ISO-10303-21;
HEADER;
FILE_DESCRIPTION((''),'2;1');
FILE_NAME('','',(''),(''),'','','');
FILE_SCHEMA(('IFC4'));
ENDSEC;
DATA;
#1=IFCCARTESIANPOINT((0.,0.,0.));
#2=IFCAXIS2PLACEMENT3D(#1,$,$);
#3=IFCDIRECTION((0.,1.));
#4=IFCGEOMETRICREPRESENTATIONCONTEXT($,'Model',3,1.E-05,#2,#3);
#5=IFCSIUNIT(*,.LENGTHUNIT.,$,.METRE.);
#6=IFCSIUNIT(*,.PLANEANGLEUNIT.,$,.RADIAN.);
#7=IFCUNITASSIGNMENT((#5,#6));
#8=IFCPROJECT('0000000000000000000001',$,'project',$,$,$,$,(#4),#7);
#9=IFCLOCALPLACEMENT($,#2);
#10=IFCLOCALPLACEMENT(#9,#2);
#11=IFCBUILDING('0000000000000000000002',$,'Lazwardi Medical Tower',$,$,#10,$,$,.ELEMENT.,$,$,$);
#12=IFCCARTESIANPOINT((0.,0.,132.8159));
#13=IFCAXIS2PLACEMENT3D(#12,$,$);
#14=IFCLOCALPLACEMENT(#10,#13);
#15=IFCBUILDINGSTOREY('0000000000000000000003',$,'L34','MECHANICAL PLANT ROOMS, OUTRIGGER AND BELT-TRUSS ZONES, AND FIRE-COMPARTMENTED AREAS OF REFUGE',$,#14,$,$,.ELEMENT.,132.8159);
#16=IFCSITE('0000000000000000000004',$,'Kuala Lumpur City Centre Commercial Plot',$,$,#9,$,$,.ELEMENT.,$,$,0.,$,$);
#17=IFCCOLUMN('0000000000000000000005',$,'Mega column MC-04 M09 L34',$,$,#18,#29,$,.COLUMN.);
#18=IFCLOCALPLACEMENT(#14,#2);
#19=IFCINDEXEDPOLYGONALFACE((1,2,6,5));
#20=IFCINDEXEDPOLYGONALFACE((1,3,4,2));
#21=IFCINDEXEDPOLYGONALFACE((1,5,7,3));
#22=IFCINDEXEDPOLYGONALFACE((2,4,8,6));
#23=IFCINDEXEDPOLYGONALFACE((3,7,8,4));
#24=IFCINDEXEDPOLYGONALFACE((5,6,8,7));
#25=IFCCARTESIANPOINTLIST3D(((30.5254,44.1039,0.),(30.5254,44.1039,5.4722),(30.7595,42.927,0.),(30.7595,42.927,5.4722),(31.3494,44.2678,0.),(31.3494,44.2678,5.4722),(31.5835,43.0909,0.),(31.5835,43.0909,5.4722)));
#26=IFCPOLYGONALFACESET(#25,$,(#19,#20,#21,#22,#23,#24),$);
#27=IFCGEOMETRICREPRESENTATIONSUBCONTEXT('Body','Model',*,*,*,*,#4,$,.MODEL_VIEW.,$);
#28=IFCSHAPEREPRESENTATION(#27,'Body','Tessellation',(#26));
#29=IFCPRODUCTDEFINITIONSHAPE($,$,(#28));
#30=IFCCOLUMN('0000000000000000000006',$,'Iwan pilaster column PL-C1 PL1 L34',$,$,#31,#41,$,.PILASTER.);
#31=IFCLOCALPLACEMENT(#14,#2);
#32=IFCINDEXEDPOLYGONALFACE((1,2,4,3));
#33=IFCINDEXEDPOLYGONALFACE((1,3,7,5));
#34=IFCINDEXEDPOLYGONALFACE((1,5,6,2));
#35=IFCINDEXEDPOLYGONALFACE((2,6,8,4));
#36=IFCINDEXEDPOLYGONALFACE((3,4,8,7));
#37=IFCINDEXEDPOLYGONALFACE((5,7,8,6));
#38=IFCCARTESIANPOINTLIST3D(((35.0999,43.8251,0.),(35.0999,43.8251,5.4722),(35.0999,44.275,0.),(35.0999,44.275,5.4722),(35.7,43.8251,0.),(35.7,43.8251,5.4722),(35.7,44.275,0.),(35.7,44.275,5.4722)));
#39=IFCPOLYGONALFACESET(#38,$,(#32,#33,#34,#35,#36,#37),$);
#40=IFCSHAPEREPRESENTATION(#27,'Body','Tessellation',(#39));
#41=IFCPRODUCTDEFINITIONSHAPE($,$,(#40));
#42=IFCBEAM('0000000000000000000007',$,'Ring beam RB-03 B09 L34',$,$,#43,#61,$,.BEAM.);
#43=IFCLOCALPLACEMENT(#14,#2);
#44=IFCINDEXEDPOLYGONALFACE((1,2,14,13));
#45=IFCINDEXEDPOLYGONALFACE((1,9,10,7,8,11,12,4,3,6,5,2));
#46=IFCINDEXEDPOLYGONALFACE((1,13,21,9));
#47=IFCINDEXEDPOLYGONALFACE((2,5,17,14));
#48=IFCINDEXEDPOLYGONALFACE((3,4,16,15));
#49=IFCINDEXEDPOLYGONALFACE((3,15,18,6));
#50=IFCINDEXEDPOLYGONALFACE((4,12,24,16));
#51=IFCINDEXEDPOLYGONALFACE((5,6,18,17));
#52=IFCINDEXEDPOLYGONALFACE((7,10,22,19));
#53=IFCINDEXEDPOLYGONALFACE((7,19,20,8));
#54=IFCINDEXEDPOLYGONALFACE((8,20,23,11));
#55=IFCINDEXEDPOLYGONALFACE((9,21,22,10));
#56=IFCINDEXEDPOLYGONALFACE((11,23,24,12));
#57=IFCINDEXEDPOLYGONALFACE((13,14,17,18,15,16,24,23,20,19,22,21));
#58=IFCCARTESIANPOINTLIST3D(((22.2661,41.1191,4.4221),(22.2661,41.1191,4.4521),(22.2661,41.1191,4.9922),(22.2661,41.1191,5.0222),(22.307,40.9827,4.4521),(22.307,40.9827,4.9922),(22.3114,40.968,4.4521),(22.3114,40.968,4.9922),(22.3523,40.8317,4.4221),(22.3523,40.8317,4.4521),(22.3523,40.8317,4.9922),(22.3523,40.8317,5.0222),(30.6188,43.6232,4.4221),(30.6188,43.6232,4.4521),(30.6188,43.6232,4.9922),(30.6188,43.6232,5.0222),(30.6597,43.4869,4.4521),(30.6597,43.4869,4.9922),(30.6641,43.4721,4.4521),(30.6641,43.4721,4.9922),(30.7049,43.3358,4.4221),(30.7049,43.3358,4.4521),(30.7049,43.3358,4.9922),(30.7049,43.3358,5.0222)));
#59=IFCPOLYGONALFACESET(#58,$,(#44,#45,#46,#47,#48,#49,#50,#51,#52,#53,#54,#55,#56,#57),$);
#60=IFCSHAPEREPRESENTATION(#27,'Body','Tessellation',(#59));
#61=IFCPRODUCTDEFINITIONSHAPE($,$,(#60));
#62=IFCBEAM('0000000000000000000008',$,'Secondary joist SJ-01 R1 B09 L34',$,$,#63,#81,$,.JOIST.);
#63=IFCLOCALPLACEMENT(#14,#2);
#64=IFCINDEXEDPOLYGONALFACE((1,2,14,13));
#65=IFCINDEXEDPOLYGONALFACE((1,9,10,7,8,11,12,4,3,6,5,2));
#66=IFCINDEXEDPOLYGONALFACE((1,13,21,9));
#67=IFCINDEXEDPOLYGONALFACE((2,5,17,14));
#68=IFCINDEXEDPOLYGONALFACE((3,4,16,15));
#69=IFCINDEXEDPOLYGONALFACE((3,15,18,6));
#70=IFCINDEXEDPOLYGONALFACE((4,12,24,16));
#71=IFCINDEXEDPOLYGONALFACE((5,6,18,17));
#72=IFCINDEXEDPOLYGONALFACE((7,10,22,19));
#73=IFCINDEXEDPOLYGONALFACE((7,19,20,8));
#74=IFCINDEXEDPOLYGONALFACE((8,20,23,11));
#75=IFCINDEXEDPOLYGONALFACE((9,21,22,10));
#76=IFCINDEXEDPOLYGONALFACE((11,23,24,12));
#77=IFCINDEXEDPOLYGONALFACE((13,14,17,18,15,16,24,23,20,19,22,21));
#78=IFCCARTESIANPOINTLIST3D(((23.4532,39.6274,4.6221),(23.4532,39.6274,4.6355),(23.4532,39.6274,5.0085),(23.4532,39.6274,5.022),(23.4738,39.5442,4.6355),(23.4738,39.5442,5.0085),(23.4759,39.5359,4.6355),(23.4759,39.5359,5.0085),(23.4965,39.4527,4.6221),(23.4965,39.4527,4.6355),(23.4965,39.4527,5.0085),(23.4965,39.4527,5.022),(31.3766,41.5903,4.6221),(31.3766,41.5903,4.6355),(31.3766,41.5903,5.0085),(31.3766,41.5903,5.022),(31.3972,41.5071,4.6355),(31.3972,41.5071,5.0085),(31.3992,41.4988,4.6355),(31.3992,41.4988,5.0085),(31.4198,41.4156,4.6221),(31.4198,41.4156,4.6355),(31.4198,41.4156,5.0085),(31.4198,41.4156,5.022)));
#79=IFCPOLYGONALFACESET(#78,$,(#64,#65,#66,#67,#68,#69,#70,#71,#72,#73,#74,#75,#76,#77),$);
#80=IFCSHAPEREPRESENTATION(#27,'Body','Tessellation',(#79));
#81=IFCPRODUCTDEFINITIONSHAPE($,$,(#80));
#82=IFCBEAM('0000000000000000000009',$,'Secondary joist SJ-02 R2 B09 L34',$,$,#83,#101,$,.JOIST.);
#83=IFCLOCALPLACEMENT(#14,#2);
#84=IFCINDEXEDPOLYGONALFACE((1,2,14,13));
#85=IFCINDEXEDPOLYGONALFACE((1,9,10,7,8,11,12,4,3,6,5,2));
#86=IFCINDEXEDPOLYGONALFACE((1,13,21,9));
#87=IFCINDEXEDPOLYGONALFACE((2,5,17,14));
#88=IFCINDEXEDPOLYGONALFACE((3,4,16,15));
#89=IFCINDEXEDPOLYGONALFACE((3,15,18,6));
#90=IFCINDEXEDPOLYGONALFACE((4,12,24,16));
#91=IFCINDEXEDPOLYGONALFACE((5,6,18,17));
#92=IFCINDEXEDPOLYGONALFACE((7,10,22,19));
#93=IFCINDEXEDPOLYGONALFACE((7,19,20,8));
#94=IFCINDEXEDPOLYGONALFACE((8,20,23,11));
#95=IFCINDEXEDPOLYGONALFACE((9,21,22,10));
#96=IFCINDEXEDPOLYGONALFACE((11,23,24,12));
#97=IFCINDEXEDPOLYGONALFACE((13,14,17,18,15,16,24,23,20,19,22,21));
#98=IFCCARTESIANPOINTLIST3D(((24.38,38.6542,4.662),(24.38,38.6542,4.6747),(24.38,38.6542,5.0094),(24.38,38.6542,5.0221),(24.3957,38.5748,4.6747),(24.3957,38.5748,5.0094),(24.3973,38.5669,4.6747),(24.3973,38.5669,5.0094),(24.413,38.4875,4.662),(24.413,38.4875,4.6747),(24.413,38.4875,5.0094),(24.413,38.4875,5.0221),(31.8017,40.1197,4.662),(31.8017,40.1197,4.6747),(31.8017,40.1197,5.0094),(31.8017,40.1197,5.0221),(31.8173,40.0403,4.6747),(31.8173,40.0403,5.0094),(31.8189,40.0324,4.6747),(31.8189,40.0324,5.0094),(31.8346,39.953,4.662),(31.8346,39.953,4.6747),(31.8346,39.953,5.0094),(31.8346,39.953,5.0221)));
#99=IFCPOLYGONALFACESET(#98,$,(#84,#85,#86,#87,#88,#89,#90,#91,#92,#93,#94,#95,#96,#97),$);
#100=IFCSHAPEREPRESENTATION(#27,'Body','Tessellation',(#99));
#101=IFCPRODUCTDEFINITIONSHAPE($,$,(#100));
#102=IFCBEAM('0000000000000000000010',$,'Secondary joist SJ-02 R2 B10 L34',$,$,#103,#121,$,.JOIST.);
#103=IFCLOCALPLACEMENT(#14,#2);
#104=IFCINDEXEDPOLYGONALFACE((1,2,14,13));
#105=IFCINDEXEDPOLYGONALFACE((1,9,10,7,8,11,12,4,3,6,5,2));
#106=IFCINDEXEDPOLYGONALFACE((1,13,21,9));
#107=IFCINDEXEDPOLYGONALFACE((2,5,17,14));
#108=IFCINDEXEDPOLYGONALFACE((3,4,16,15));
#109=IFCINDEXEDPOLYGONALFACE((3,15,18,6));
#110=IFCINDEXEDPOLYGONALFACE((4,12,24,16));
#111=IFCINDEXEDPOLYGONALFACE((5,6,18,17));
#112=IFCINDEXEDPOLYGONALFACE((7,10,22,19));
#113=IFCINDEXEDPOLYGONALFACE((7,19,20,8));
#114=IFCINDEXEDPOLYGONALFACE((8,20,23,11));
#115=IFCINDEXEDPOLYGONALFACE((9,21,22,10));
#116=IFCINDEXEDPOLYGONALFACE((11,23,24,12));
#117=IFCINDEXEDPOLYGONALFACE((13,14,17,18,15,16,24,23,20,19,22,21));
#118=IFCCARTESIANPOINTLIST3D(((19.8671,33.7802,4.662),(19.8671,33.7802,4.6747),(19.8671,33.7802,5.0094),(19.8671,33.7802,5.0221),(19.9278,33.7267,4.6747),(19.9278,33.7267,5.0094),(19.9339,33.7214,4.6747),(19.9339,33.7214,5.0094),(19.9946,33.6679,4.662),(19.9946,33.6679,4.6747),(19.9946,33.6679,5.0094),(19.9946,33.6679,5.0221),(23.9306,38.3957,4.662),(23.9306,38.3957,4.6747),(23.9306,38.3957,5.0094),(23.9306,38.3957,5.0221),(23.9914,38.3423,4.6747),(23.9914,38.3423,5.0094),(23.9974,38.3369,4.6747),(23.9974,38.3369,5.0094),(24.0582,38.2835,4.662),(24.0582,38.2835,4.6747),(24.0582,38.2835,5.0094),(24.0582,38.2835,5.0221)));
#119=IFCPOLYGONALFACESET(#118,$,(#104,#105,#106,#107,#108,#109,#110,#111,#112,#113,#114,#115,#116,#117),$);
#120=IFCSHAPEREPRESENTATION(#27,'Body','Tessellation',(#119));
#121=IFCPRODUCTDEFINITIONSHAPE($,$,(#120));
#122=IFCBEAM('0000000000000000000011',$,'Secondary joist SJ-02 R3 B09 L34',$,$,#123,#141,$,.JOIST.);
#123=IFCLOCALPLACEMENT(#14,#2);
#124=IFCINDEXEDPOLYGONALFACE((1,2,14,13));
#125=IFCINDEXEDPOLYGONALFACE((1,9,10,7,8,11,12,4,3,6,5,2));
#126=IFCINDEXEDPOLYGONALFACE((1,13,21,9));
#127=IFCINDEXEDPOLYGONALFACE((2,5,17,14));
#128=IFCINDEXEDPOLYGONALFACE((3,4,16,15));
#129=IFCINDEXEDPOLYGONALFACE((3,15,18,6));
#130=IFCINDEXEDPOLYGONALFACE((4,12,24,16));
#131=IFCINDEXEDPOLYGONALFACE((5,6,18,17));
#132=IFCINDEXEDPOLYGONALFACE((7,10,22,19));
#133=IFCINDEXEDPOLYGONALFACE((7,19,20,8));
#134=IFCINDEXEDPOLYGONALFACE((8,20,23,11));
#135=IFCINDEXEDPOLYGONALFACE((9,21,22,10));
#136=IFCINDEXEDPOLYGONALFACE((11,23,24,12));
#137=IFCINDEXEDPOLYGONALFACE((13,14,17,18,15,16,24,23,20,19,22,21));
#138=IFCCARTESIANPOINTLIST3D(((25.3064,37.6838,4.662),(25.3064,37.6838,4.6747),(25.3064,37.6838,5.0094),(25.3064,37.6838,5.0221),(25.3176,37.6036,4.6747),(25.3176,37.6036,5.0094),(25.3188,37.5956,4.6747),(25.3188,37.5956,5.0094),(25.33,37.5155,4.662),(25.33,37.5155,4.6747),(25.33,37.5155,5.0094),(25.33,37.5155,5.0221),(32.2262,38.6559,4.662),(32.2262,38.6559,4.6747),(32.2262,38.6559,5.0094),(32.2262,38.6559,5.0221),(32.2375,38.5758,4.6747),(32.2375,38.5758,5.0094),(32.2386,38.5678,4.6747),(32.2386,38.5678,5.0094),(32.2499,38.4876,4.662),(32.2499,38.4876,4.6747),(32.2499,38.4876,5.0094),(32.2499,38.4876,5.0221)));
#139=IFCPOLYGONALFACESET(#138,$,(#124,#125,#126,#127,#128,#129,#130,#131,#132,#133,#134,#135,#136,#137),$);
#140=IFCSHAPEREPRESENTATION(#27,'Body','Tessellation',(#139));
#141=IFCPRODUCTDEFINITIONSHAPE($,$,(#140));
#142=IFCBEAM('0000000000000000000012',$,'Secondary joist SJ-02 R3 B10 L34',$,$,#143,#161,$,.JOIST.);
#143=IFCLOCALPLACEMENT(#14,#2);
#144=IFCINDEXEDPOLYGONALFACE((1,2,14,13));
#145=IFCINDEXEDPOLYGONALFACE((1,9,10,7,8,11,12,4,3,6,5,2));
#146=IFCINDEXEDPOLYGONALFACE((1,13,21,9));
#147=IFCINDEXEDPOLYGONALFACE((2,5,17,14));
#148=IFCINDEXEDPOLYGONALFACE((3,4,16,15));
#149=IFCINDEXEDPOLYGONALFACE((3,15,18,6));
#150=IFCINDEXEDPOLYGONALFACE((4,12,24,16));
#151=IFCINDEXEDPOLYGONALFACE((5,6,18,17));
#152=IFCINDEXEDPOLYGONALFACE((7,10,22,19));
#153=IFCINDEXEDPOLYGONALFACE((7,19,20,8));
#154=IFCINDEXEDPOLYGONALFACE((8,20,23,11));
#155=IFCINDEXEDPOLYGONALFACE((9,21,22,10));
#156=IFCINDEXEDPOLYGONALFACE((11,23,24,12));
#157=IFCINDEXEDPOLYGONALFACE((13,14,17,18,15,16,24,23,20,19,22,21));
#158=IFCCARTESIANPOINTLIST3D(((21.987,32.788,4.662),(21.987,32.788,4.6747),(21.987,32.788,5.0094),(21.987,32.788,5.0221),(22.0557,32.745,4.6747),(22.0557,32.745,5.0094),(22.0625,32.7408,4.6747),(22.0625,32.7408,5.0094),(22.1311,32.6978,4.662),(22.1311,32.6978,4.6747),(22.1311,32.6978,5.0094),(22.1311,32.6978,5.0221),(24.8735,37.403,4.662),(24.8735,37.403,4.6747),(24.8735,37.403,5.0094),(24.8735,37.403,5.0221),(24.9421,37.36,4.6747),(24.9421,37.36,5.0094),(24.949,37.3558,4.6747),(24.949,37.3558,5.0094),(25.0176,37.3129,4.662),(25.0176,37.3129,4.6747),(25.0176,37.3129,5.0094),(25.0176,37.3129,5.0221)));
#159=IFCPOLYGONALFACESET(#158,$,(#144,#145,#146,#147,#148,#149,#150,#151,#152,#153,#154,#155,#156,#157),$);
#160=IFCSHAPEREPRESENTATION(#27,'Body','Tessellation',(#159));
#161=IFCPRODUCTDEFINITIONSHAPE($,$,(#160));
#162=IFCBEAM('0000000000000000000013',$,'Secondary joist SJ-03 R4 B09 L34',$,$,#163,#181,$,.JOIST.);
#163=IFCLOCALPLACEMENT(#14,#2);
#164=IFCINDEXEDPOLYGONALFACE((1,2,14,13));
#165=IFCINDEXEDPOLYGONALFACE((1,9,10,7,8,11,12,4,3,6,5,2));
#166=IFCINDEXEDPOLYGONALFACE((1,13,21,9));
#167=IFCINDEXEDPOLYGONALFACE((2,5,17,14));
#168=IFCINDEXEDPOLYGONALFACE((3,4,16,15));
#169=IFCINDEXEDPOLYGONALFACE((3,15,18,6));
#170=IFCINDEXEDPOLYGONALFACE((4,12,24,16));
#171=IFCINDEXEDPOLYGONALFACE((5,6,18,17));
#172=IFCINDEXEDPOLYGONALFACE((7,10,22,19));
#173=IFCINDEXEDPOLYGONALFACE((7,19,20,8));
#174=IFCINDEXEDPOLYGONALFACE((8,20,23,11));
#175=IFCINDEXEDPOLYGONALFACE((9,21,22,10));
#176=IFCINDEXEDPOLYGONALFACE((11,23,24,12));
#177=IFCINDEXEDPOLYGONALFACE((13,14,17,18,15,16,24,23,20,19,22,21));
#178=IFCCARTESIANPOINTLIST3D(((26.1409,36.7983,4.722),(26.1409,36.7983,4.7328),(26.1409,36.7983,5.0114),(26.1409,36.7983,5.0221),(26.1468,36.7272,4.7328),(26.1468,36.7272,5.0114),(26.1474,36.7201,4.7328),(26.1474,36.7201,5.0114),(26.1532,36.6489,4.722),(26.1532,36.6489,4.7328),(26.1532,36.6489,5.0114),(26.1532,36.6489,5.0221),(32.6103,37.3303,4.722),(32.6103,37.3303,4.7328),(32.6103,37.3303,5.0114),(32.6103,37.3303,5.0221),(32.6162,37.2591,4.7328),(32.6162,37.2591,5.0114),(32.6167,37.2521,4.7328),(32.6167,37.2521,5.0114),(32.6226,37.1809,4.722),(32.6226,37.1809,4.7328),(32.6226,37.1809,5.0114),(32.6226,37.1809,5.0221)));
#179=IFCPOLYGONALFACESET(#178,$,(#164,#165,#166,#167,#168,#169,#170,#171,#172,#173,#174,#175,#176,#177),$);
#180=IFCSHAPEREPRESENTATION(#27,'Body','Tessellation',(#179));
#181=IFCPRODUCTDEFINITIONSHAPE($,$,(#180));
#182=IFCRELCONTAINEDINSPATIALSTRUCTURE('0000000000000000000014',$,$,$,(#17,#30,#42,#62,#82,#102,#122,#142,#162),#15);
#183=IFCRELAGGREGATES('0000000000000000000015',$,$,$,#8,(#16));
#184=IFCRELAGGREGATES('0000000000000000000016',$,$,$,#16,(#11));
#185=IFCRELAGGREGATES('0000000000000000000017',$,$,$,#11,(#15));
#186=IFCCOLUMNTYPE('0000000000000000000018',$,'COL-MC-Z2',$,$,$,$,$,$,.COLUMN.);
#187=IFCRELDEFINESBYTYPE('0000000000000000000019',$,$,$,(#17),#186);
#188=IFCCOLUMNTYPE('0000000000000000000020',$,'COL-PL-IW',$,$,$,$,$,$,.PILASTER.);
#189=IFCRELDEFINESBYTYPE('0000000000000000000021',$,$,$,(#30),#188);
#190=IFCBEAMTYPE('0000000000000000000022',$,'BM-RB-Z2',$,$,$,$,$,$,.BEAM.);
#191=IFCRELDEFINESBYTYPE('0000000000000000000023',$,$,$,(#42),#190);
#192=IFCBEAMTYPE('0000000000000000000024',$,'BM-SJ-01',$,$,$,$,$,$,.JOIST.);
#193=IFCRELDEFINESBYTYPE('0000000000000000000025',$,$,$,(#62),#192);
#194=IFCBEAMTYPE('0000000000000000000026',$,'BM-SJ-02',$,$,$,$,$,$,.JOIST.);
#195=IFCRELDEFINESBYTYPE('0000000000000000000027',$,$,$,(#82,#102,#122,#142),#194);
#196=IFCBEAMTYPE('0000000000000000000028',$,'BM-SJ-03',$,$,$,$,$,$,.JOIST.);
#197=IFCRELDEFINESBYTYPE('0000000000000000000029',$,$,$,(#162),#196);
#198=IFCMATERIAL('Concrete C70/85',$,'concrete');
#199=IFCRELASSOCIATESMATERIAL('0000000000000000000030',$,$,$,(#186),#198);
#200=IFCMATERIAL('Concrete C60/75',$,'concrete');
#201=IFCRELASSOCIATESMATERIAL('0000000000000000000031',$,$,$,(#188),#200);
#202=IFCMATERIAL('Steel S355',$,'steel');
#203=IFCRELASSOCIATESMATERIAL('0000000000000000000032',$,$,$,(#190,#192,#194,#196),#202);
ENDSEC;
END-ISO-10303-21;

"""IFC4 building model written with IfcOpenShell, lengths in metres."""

from ifc_helpers import new_model, si_unit, direction, frame, origin, origin_2d, place, context, subcontext, project, spatial, rectangle, i_section, extrude, material, material_profile, profile_set, type_object, element, save


model = new_model("IFC4")

# Units and contexts
model_context = context("Model", 3, precision=1e-05, world=origin(), true_north=direction((0.0, 1.0)))
body_context = subcontext(model_context, "Body", "Model", "MODEL_VIEW")
ifc_project = project(units=[si_unit("LENGTHUNIT", "METRE"), si_unit("PLANEANGLEUNIT", "RADIAN")], contexts=[model_context])

# Site, building, storey
site_placement = place(None, origin())
site = spatial("IfcSite", under=ifc_project, at=site_placement, Name="Kuala Lumpur City Centre Commercial Plot", CompositionType="ELEMENT", RefElevation=0.0)
building_placement = place(site_placement, origin())
building = spatial("IfcBuilding", under=site, at=building_placement, Name="Lazwardi Medical Tower", CompositionType="ELEMENT")
storey_placement = place(building_placement, frame((0.0, 0.0, 132.8159)))
storey = spatial("IfcBuildingStorey", under=building, at=storey_placement, Name="L34", Description="MECHANICAL PLANT ROOMS, OUTRIGGER AND BELT-TRUSS ZONES, AND FIRE-COMPARTMENTED AREAS OF REFUGE", CompositionType="ELEMENT", Elevation=132.8159)

# Columns
ifc_material_1 = material(Name="Concrete C70/85", Category="concrete")
ifc_material_profile_1 = material_profile(ifc_material_1, rectangle(XDim=1.2, YDim=0.8401, at=origin_2d()), Name="CFT-RECT 1200x840")
ifc_profile_set_1 = profile_set([ifc_material_profile_1], Name="Concrete C70/85")
column_type_1 = type_object("IfcColumnType", Name="COL-MC-Z2", PredefinedType="COLUMN", material=ifc_profile_set_1)
column_1_placement = place(storey_placement, frame((31.0544, 43.5974, 0.0), z_axis=(0.0, 0.0, 1.0), x_axis=(-0.19509, 0.980785, 0.0)))
element("IfcColumn", 1, at=column_1_placement, inside=storey, type_object=column_type_1, Name="Mega column MC-04 M09 L34", PredefinedType="COLUMN", context=body_context, shape_type="SweptSolid", body=[
    extrude(rectangle(XDim=1.2, YDim=0.8401, at=origin_2d()), origin(), (0.0, 0.0, 1.0), 5.4722),
])
ifc_material_2 = material(Name="Concrete C60/75", Category="concrete")
ifc_material_profile_2 = material_profile(ifc_material_2, rectangle(XDim=0.6001, YDim=0.45, at=origin_2d()), Name="RC 600x450")
ifc_profile_set_2 = profile_set([ifc_material_profile_2], Name="Concrete C60/75")
column_type_2 = type_object("IfcColumnType", Name="COL-PL-IW", PredefinedType="PILASTER", material=ifc_profile_set_2)
column_2_placement = place(storey_placement, frame((35.3999, 44.05, 0.0), z_axis=(0.0, 0.0, 1.0), x_axis=(1.0, 0.0, 0.0)))
element("IfcColumn", 2, at=column_2_placement, inside=storey, type_object=column_type_2, Name="Iwan pilaster column PL-C1 PL1 L34", PredefinedType="PILASTER", context=body_context, shape_type="SweptSolid", body=[
    extrude(rectangle(XDim=0.6001, YDim=0.45, at=origin_2d()), origin(), (0.0, 0.0, 1.0), 5.4722),
])

# Beams
ifc_material_3 = material(Name="Steel S355", Category="steel")
ifc_material_profile_3 = material_profile(ifc_material_3, i_section(OverallWidth=0.3, OverallDepth=0.6001, WebThickness=0.0154, FlangeThickness=0.03, at=origin_2d()), Name="HEB 600")
ifc_profile_set_3 = profile_set([ifc_material_profile_3], Name="Steel S355")
beam_type_1 = type_object("IfcBeamType", Name="BM-RB-Z2", PredefinedType="BEAM", material=ifc_profile_set_3)
beam_1_placement = place(storey_placement, frame((30.6619, 43.4795, 4.7222), z_axis=(-0.957879, -0.287171, 0.0), x_axis=(0.287171, -0.957879, 0.0)))
element("IfcBeam", 3, at=beam_1_placement, inside=storey, type_object=beam_type_1, Name="Ring beam RB-03 B09 L34", PredefinedType="BEAM", context=body_context, shape_type="SweptSolid", body=[
    extrude(i_section(OverallWidth=0.3, OverallDepth=0.6001, WebThickness=0.0154, FlangeThickness=0.03, at=origin_2d()), origin(), (0.0, 0.0, 1.0), 8.72),
])
ifc_material_profile_4 = material_profile(ifc_material_3, i_section(OverallWidth=0.1799, OverallDepth=0.3999, WebThickness=0.0085, FlangeThickness=0.0134, at=origin_2d()), Name="IPE 400")
ifc_profile_set_4 = profile_set([ifc_material_profile_4], Name="Steel S355")
beam_type_2 = type_object("IfcBeamType", Name="BM-SJ-01", PredefinedType="JOIST", material=ifc_profile_set_4)
beam_2_placement = place(storey_placement, frame((31.3982, 41.5029, 4.822), z_axis=(-0.970658, -0.240466, 0.0), x_axis=(0.240466, -0.970658, 0.0)))
element("IfcBeam", 4, at=beam_2_placement, inside=storey, type_object=beam_type_2, Name="Secondary joist SJ-01 R1 B09 L34", PredefinedType="JOIST", context=body_context, shape_type="SweptSolid", body=[
    extrude(i_section(OverallWidth=0.1799, OverallDepth=0.3999, WebThickness=0.0085, FlangeThickness=0.0134, at=origin_2d()), origin(), (0.0, 0.0, 1.0), 8.1628),
])
ifc_material_profile_5 = material_profile(ifc_material_3, i_section(OverallWidth=0.1699, OverallDepth=0.3601, WebThickness=0.0081, FlangeThickness=0.0127, at=origin_2d()), Name="IPE 360")
ifc_profile_set_5 = profile_set([ifc_material_profile_5], Name="Steel S355")
beam_type_3 = type_object("IfcBeamType", Name="BM-SJ-02", PredefinedType="JOIST", material=ifc_profile_set_5)
beam_3_placement = place(storey_placement, frame((31.8181, 40.0364, 4.842), z_axis=(-0.981054, -0.193732, 0.0), x_axis=(0.193732, -0.981054, 0.0)))
element("IfcBeam", 5, at=beam_3_placement, inside=storey, type_object=beam_type_3, Name="Secondary joist SJ-02 R2 B09 L34", PredefinedType="JOIST", context=body_context, shape_type="SweptSolid", body=[
    extrude(i_section(OverallWidth=0.1699, OverallDepth=0.3601, WebThickness=0.0081, FlangeThickness=0.0127, at=origin_2d()), origin(), (0.0, 0.0, 1.0), 7.5649),
])
beam_4_placement = place(storey_placement, frame((23.9944, 38.3396, 4.842), z_axis=(-0.660798, -0.750564, 0.0), x_axis=(0.750564, -0.660798, 0.0)))
element("IfcBeam", 6, at=beam_4_placement, inside=storey, type_object=beam_type_3, Name="Secondary joist SJ-02 R2 B10 L34", PredefinedType="JOIST", context=body_context, shape_type="SweptSolid", body=[
    extrude(i_section(OverallWidth=0.1699, OverallDepth=0.3601, WebThickness=0.0081, FlangeThickness=0.0127, at=origin_2d()), origin(), (0.0, 0.0, 1.0), 6.1494),
])
beam_5_placement = place(storey_placement, frame((32.238, 38.5718, 4.842), z_axis=(-0.990275, -0.139122, 0.0), x_axis=(0.139122, -0.990275, 0.0)))
element("IfcBeam", 7, at=beam_5_placement, inside=storey, type_object=beam_type_3, Name="Secondary joist SJ-02 R3 B09 L34", PredefinedType="JOIST", context=body_context, shape_type="SweptSolid", body=[
    extrude(i_section(OverallWidth=0.1699, OverallDepth=0.3601, WebThickness=0.0081, FlangeThickness=0.0127, at=origin_2d()), origin(), (0.0, 0.0, 1.0), 6.9878),
])
beam_6_placement = place(storey_placement, frame((24.9456, 37.3579, 4.842), z_axis=(-0.530277, -0.847824, 0.0), x_axis=(0.847824, -0.530277, 0.0)))
element("IfcBeam", 8, at=beam_6_placement, inside=storey, type_object=beam_type_3, Name="Secondary joist SJ-02 R3 B10 L34", PredefinedType="JOIST", context=body_context, shape_type="SweptSolid", body=[
    extrude(i_section(OverallWidth=0.1699, OverallDepth=0.3601, WebThickness=0.0081, FlangeThickness=0.0127, at=origin_2d()), origin(), (0.0, 0.0, 1.0), 5.4434),
])
ifc_material_profile_6 = material_profile(ifc_material_3, i_section(OverallWidth=0.1499, OverallDepth=0.3, WebThickness=0.0071, FlangeThickness=0.0107, at=origin_2d()), Name="IPE 300")
ifc_profile_set_6 = profile_set([ifc_material_profile_6], Name="Steel S355")
beam_type_4 = type_object("IfcBeamType", Name="BM-SJ-03", PredefinedType="JOIST", material=ifc_profile_set_6)
beam_7_placement = place(storey_placement, frame((32.6165, 37.2556, 4.8721), z_axis=(-0.996636, -0.081953, 0.0), x_axis=(0.081953, -0.996636, 0.0)))
element("IfcBeam", 9, at=beam_7_placement, inside=storey, type_object=beam_type_4, Name="Secondary joist SJ-03 R4 B09 L34", PredefinedType="JOIST", context=body_context, shape_type="SweptSolid", body=[
    extrude(i_section(OverallWidth=0.1499, OverallDepth=0.3, WebThickness=0.0071, FlangeThickness=0.0107, at=origin_2d()), origin(), (0.0, 0.0, 1.0), 6.4912),
])

save(model, "model.ifc")
